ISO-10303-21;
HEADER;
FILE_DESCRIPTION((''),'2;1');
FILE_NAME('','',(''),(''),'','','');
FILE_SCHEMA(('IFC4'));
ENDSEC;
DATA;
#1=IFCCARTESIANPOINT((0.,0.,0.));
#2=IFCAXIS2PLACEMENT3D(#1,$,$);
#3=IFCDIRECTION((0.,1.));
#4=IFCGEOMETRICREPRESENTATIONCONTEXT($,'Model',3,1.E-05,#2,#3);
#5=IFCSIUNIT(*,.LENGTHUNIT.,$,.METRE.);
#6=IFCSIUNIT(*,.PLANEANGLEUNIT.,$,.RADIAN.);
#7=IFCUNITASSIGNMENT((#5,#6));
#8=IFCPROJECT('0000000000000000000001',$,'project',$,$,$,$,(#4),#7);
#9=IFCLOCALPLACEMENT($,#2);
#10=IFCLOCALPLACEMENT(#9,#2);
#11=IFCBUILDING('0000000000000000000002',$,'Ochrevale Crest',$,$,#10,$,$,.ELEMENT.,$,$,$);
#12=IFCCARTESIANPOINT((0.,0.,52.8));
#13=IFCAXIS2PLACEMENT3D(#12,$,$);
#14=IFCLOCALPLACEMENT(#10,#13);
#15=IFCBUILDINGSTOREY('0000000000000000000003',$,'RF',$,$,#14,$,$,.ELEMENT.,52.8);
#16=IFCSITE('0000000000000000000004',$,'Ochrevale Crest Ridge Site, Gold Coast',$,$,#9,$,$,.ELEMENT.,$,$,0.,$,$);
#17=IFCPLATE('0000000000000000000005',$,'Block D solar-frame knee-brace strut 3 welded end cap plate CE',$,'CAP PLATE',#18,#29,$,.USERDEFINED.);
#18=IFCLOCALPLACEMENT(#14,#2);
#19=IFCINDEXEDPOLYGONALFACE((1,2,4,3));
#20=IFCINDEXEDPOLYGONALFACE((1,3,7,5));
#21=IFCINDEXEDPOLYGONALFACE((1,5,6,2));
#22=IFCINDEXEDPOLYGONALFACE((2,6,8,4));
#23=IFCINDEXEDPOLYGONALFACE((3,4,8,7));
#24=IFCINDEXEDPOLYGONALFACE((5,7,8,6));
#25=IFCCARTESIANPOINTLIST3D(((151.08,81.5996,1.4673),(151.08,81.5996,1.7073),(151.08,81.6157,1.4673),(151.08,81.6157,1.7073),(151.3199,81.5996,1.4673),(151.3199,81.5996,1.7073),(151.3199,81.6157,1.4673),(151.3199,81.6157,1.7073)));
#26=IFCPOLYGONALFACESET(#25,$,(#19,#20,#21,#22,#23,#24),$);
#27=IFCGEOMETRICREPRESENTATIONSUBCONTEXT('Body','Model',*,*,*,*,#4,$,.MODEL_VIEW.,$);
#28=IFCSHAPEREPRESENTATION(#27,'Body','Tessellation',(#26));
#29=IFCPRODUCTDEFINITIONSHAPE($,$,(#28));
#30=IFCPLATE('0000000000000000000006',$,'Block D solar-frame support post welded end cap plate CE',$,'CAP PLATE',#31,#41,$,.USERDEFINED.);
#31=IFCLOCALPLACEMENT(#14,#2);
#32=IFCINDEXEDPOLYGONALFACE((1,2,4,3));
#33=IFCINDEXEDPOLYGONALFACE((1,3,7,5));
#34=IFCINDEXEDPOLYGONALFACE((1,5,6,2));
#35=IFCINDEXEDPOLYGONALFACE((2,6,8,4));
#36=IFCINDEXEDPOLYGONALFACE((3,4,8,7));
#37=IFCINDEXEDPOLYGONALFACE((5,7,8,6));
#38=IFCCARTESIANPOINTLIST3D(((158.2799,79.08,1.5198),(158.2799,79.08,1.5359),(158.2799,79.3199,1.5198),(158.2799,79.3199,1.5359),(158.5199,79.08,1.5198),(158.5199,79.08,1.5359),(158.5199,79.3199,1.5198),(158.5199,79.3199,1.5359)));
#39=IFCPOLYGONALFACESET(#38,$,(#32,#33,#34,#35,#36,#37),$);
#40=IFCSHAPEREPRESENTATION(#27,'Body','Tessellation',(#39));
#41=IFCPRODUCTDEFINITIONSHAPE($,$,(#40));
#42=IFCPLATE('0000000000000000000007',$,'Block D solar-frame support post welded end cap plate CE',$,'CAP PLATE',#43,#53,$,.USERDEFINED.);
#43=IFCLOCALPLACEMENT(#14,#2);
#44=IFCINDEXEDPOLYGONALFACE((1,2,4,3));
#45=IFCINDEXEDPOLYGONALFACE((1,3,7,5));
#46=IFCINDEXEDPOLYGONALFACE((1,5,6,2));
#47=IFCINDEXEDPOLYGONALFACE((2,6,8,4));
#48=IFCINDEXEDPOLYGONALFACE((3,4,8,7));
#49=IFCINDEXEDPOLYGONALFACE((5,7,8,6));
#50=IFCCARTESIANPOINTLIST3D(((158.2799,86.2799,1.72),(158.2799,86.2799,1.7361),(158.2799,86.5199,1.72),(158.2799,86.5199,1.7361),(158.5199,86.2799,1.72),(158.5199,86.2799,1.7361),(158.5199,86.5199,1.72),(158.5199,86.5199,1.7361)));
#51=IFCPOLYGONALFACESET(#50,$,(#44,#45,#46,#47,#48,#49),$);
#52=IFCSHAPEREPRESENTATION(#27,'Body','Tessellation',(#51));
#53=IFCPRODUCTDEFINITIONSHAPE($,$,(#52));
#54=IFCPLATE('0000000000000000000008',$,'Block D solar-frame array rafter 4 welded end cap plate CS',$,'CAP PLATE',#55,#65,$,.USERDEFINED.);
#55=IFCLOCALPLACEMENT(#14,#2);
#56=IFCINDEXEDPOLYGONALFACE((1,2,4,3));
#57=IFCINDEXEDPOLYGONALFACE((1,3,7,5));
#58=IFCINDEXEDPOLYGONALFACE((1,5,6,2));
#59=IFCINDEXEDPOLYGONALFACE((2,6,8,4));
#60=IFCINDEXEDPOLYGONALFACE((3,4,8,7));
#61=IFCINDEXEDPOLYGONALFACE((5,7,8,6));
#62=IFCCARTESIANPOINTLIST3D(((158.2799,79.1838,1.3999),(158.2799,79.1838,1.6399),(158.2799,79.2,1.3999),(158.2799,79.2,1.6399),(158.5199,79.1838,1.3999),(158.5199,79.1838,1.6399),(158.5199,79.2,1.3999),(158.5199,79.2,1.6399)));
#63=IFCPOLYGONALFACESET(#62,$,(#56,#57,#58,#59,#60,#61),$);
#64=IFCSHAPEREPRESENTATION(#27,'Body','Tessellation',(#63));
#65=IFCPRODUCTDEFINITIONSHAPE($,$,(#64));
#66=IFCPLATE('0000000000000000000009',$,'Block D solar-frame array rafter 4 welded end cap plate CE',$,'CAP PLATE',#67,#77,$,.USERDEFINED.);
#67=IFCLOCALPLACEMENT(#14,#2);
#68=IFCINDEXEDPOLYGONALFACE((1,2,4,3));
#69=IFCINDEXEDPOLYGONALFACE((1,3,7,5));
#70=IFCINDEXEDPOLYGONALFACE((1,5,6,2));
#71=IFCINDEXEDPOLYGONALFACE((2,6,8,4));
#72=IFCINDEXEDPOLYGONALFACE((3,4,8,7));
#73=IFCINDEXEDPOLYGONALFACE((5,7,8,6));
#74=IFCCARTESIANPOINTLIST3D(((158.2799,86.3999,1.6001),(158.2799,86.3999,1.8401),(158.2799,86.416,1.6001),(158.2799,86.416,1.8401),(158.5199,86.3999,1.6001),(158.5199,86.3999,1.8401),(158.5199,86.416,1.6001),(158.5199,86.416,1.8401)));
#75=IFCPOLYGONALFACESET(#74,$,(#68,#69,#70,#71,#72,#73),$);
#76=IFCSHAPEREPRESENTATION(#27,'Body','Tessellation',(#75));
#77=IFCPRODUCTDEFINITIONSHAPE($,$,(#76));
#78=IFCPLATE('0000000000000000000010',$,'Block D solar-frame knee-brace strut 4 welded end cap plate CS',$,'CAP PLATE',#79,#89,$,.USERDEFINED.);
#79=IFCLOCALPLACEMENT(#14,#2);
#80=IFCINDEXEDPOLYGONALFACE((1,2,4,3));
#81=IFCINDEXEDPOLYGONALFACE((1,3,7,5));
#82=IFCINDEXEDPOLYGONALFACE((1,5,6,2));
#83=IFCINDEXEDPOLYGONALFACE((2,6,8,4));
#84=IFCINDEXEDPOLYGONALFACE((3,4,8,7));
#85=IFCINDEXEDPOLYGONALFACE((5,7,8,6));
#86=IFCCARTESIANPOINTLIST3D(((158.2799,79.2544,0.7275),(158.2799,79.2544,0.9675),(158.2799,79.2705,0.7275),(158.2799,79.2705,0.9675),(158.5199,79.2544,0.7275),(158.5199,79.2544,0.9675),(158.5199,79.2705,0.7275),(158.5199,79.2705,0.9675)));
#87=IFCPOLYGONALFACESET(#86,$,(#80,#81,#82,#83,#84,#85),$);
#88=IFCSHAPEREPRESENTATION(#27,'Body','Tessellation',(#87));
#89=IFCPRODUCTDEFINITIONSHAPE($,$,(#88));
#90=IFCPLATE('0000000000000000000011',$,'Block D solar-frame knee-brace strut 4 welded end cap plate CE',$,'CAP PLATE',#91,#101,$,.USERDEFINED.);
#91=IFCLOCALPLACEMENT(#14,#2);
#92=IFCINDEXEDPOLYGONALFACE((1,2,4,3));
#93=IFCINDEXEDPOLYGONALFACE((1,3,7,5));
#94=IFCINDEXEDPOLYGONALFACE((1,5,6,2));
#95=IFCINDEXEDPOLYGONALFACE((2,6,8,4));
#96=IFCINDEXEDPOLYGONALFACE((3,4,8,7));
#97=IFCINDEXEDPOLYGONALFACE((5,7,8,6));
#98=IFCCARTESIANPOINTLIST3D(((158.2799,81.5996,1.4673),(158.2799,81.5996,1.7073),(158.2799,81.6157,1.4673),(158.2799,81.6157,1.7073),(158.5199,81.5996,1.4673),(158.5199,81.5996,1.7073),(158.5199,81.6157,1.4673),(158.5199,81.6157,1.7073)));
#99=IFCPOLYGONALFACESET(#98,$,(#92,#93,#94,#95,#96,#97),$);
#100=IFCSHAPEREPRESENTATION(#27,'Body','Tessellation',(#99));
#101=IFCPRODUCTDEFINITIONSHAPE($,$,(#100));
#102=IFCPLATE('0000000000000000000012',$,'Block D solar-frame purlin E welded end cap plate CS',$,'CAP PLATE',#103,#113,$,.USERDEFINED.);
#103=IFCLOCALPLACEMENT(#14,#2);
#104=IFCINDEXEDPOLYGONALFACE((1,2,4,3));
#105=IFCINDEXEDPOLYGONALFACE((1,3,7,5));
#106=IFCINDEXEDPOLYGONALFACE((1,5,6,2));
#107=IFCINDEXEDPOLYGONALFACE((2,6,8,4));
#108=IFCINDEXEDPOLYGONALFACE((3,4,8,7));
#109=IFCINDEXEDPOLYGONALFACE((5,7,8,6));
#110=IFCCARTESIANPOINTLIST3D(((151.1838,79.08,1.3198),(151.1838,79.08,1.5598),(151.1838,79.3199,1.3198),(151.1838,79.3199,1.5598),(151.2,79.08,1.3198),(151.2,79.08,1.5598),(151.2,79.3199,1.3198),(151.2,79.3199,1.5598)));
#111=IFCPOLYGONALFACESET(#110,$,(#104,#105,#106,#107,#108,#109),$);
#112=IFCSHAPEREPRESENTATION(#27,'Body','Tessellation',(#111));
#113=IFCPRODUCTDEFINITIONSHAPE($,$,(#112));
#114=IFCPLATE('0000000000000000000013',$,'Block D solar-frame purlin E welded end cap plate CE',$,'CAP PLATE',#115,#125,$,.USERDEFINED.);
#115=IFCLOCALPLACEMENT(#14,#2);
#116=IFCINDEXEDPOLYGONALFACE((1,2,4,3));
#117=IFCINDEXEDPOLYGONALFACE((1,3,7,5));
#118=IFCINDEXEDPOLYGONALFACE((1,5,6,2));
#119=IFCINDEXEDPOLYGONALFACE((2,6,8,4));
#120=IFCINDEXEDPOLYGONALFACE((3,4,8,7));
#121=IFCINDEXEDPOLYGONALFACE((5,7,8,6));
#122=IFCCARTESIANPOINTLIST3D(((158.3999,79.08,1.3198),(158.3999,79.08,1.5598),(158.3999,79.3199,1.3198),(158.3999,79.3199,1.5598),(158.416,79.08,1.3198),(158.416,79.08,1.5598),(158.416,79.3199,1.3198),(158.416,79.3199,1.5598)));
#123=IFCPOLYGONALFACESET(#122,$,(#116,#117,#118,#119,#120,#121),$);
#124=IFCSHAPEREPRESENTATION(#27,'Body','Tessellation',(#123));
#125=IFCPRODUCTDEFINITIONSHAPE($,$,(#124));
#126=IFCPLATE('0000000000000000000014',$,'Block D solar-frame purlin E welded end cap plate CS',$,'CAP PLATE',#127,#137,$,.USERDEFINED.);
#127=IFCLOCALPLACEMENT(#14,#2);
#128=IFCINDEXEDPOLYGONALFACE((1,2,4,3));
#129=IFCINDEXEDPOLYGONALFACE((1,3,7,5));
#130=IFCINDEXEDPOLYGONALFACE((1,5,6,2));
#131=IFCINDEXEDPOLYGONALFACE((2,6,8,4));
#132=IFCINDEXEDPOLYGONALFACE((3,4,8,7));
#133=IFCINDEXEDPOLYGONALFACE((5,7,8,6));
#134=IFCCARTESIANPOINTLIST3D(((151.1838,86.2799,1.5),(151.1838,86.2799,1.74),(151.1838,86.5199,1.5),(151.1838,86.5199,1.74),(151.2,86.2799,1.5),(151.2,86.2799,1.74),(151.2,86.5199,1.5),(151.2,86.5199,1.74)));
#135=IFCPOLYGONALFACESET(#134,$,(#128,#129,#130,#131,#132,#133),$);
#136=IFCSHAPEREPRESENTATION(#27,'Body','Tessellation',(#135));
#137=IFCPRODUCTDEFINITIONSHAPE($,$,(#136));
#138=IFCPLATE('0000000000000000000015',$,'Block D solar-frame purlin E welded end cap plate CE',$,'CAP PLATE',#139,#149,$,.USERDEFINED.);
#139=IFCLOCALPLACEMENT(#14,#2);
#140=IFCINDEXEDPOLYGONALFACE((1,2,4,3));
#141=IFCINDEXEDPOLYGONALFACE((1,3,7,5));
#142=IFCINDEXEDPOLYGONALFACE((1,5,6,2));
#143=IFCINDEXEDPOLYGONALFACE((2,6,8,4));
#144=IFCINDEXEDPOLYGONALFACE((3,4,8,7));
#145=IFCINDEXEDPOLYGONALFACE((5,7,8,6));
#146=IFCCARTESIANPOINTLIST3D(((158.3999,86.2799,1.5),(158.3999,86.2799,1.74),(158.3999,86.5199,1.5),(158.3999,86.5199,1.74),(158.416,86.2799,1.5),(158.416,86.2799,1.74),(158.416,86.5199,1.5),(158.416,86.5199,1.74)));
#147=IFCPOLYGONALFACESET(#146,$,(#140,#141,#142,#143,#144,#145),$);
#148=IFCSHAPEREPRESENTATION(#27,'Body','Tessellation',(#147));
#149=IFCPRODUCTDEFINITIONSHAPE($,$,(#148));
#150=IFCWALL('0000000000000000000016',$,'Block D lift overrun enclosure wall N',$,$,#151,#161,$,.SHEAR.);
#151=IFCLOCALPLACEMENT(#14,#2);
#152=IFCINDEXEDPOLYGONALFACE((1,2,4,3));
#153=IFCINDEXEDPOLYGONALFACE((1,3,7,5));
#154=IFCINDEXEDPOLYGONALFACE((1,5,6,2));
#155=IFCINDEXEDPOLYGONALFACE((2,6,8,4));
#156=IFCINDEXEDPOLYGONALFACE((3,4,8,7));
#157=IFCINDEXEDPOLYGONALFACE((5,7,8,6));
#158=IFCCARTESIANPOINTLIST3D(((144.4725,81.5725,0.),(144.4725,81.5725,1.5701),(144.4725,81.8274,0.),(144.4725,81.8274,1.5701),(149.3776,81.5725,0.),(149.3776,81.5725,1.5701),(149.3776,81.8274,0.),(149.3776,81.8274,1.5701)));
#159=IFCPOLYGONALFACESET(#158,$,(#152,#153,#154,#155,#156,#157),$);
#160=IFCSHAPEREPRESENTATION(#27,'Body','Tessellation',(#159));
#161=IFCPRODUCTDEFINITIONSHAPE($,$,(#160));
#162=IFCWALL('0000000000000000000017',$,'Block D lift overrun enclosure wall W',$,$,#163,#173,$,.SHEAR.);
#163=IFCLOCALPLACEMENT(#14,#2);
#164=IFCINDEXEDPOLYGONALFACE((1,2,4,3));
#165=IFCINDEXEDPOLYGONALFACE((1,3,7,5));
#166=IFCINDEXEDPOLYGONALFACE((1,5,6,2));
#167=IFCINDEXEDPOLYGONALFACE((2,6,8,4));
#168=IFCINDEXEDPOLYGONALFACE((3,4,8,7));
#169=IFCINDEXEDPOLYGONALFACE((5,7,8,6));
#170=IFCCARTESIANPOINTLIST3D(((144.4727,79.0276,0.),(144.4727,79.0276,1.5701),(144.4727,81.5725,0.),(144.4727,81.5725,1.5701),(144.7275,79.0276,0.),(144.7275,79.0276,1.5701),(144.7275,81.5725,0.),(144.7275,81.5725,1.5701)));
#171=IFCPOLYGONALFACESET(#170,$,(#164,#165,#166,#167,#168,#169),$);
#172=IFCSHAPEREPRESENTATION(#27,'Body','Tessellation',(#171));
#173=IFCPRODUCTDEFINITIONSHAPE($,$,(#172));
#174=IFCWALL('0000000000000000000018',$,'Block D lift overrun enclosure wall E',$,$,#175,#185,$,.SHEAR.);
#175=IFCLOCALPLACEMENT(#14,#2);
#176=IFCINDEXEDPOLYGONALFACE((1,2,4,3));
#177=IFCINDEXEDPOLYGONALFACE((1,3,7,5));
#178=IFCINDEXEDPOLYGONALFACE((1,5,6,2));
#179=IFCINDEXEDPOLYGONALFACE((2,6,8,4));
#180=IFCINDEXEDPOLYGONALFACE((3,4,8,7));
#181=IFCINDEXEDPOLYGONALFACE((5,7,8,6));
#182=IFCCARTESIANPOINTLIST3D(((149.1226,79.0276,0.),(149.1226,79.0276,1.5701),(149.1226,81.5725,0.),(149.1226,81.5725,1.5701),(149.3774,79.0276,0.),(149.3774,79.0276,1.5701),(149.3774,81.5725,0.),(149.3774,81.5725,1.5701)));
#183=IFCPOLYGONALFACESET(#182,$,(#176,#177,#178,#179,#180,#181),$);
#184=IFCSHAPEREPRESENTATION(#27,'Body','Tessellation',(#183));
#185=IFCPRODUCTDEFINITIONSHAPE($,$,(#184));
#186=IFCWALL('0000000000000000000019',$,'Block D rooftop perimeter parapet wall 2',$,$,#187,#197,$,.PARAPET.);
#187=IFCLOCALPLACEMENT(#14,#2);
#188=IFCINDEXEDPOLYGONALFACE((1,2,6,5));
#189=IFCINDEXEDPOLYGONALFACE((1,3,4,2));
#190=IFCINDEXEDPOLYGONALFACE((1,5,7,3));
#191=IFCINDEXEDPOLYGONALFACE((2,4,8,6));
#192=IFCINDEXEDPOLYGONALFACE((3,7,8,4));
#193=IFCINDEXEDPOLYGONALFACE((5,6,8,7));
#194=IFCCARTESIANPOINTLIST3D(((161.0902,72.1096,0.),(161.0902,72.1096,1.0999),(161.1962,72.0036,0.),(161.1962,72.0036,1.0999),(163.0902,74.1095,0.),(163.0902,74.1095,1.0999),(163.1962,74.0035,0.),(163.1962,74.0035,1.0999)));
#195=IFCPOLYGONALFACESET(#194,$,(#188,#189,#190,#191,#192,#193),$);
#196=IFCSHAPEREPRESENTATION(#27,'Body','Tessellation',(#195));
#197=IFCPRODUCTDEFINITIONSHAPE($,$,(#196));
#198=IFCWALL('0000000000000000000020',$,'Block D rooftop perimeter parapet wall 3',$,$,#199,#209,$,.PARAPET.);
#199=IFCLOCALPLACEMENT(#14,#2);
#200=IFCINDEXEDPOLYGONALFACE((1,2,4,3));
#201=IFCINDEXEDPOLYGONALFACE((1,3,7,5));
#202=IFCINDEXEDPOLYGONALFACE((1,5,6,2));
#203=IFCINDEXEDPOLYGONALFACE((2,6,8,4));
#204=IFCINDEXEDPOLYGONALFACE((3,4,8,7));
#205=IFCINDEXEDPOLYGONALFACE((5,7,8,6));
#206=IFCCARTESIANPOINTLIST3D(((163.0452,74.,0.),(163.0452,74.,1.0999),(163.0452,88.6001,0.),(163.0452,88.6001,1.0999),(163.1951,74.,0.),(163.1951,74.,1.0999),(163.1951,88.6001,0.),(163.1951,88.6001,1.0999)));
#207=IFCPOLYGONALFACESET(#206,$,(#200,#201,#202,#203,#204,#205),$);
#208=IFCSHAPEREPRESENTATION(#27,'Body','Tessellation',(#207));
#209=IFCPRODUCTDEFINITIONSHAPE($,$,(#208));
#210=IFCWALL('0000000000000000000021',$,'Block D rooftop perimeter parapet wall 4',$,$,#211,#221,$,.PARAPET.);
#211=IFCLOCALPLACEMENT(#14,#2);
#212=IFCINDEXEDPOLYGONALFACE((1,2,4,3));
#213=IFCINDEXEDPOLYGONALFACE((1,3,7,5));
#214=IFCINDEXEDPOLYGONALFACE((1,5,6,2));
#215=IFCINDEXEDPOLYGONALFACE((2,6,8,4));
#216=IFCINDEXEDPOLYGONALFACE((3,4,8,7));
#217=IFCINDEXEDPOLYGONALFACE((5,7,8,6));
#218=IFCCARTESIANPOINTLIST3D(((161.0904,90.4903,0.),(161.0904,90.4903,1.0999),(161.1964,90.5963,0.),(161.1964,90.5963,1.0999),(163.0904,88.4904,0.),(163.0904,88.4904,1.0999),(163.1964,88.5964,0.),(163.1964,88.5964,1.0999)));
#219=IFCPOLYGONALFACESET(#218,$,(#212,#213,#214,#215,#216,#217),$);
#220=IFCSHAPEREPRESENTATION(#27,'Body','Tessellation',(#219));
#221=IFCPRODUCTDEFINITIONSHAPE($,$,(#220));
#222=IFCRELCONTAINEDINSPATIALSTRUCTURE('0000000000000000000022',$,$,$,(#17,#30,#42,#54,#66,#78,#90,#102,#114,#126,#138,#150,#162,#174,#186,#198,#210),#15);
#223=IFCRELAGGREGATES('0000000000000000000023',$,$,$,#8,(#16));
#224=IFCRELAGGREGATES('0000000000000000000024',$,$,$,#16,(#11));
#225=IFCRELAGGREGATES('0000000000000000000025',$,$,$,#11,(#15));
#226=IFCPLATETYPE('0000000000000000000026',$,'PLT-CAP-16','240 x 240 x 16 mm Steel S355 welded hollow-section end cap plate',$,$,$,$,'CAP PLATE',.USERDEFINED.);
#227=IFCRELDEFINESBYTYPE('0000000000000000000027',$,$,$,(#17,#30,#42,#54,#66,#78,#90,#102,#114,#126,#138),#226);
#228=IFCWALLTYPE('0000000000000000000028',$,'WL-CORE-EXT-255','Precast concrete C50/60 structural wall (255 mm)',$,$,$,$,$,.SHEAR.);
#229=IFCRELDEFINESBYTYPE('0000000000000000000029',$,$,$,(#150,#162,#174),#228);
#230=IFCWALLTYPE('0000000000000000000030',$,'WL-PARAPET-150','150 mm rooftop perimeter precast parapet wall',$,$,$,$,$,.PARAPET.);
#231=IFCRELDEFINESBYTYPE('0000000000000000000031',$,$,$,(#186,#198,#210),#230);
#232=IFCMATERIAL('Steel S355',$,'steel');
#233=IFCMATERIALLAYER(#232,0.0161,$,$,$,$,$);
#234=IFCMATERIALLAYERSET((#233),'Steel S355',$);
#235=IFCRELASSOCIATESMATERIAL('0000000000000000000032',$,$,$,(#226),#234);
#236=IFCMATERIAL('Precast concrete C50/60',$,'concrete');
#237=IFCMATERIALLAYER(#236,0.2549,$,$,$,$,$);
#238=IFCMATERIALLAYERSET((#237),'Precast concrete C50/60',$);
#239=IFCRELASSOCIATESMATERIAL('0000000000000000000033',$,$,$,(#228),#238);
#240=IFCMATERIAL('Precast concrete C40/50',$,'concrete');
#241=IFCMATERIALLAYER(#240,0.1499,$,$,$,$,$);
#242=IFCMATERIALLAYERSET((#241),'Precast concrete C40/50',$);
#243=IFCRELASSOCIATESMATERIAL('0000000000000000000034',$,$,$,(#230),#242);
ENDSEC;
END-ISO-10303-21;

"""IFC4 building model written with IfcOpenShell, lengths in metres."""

from ifc_helpers import new_model, si_unit, direction, frame, frame_2d, origin, origin_2d, place, context, subcontext, project, spatial, rectangle, extrude, material, layer, layer_set, type_object, element, save


model = new_model("IFC4")

# Units and contexts
model_context = context("Model", 3, precision=1e-05, world=origin(), true_north=direction((0.0, 1.0)))
body_context = subcontext(model_context, "Body", "Model", "MODEL_VIEW")
ifc_project = project(units=[si_unit("LENGTHUNIT", "METRE"), si_unit("PLANEANGLEUNIT", "RADIAN")], contexts=[model_context])

# Site, building, storey
site_placement = place(None, origin())
site = spatial("IfcSite", under=ifc_project, at=site_placement, Name="Ochrevale Crest Ridge Site, Gold Coast", CompositionType="ELEMENT", RefElevation=0.0)
building_placement = place(site_placement, origin())
building = spatial("IfcBuilding", under=site, at=building_placement, Name="Ochrevale Crest", CompositionType="ELEMENT")
storey_placement = place(building_placement, frame((0.0, 0.0, 52.8)))
storey = spatial("IfcBuildingStorey", under=building, at=storey_placement, Name="RF", CompositionType="ELEMENT", Elevation=52.8)

# Shared definitions
ifc_material_1 = material(Name="Steel S355", Category="steel")

# Plates
ifc_layer_1 = layer(ifc_material_1, 0.0161)
ifc_layer_set_1 = layer_set([ifc_layer_1], Name="Steel S355")
plate_type = type_object("IfcPlateType", Name="PLT-CAP-16", Description="240 x 240 x 16 mm Steel S355 welded hollow-section end cap plate", ElementType="CAP PLATE", PredefinedType="USERDEFINED", material=ifc_layer_set_1)
for number, where, z_axis, x_axis, name in (
    (1, (151.2, 81.6077, 1.4673), (0.0, 0.0, 1.0), (0.0, 1.0, 0.0), "Block D solar-frame knee-brace strut 3 welded end cap plate CE"),
):
    element("IfcPlate", number, at=place(storey_placement, frame(where, z_axis=z_axis, x_axis=x_axis)), inside=storey, type_object=plate_type, Name=name, ObjectType="CAP PLATE", PredefinedType="USERDEFINED", context=body_context, shape_type="SweptSolid", body=[
        extrude(rectangle(XDim=0.0161, YDim=0.24, at=origin_2d()), origin(), (0.0, 0.0, 1.0), 0.24),
    ])
for number, where, z_axis, x_axis, name in (
    (2, (158.3999, 79.2, 1.5198), (0.0, 0.0, 1.0), (1.0, 0.0, 0.0), "Block D solar-frame support post welded end cap plate CE"),
    (3, (158.3999, 86.3999, 1.72), (0.0, 0.0, 1.0), (1.0, 0.0, 0.0), "Block D solar-frame support post welded end cap plate CE"),
):
    element("IfcPlate", number, at=place(storey_placement, frame(where, z_axis=z_axis, x_axis=x_axis)), inside=storey, type_object=plate_type, Name=name, ObjectType="CAP PLATE", PredefinedType="USERDEFINED", context=body_context, shape_type="SweptSolid", body=[
        extrude(rectangle(XDim=0.24, YDim=0.24, at=origin_2d()), origin(), (0.0, 0.0, 1.0), 0.0161),
    ])
for number, where, z_axis, x_axis, name in (
    (4, (158.3999, 79.1919, 1.3999), (0.0, 0.0, 1.0), (0.0, 1.0, 0.0), "Block D solar-frame array rafter 4 welded end cap plate CS"),
    (5, (158.3999, 86.408, 1.6001), (0.0, 0.0, 1.0), (0.0, 1.0, 0.0), "Block D solar-frame array rafter 4 welded end cap plate CE"),
    (6, (158.3999, 79.2625, 0.7275), (0.0, 0.0, 1.0), (0.0, 1.0, 0.0), "Block D solar-frame knee-brace strut 4 welded end cap plate CS"),
    (7, (158.3999, 81.6077, 1.4673), (0.0, 0.0, 1.0), (0.0, 1.0, 0.0), "Block D solar-frame knee-brace strut 4 welded end cap plate CE"),
    (8, (151.1919, 79.2, 1.3198), (0.0, 0.0, 1.0), (1.0, 0.0, 0.0), "Block D solar-frame purlin E welded end cap plate CS"),
    (9, (158.408, 79.2, 1.3198), (0.0, 0.0, 1.0), (1.0, 0.0, 0.0), "Block D solar-frame purlin E welded end cap plate CE"),
    (10, (151.1919, 86.3999, 1.5), (0.0, 0.0, 1.0), (1.0, 0.0, 0.0), "Block D solar-frame purlin E welded end cap plate CS"),
    (11, (158.408, 86.3999, 1.5), (0.0, 0.0, 1.0), (1.0, 0.0, 0.0), "Block D solar-frame purlin E welded end cap plate CE"),
):
    element("IfcPlate", number, at=place(storey_placement, frame(where, z_axis=z_axis, x_axis=x_axis)), inside=storey, type_object=plate_type, Name=name, ObjectType="CAP PLATE", PredefinedType="USERDEFINED", context=body_context, shape_type="SweptSolid", body=[
        extrude(rectangle(XDim=0.0161, YDim=0.24, at=origin_2d()), origin(), (0.0, 0.0, 1.0), 0.24),
    ])

# Walls
ifc_material_2 = material(Name="Precast concrete C50/60", Category="concrete")
ifc_layer_2 = layer(ifc_material_2, 0.2549)
ifc_layer_set_2 = layer_set([ifc_layer_2], Name="Precast concrete C50/60")
wall_type_1 = type_object("IfcWallType", Name="WL-CORE-EXT-255", Description="Precast concrete C50/60 structural wall (255 mm)", PredefinedType="SHEAR", material=ifc_layer_set_2)
wall_1_placement = place(storey_placement, frame((144.4724, 81.7, 0.0), z_axis=(0.0, 0.0, 1.0), x_axis=(1.0, 0.0, 0.0)))
element("IfcWall", 12, at=wall_1_placement, inside=storey, type_object=wall_type_1, Name="Block D lift overrun enclosure wall N", PredefinedType="SHEAR", context=body_context, shape_type="SweptSolid", body=[
    extrude(rectangle(XDim=4.905, YDim=0.2549, at=frame_2d((2.4526, 0.0))), origin(), (0.0, 0.0, 1.0), 1.5701),
])
for number, where, z_axis, x_axis, name in (
    (13, (144.6001, 79.0276, 0.0), (0.0, 0.0, 1.0), (0.0, 1.0, 0.0), "Block D lift overrun enclosure wall W"),
    (14, (149.25, 79.0276, 0.0), (0.0, 0.0, 1.0), (0.0, 1.0, 0.0), "Block D lift overrun enclosure wall E"),
):
    element("IfcWall", number, at=place(storey_placement, frame(where, z_axis=z_axis, x_axis=x_axis)), inside=storey, type_object=wall_type_1, Name=name, PredefinedType="SHEAR", context=body_context, shape_type="SweptSolid", body=[
        extrude(rectangle(XDim=2.5449, YDim=0.2549, at=frame_2d((1.2725, 0.0))), origin(), (0.0, 0.0, 1.0), 1.5701),
    ])
ifc_material_3 = material(Name="Precast concrete C40/50", Category="concrete")
ifc_layer_3 = layer(ifc_material_3, 0.1499)
ifc_layer_set_3 = layer_set([ifc_layer_3], Name="Precast concrete C40/50")
wall_type_2 = type_object("IfcWallType", Name="WL-PARAPET-150", Description="150 mm rooftop perimeter precast parapet wall", PredefinedType="PARAPET", material=ifc_layer_set_3)
wall_2_placement = place(storey_placement, frame((161.1433, 72.0566, 0.0), z_axis=(0.0, 0.0, 1.0), x_axis=(0.707107, 0.707107, 0.0)))
element("IfcWall", 15, at=wall_2_placement, inside=storey, type_object=wall_type_2, Name="Block D rooftop perimeter parapet wall 2", PredefinedType="PARAPET", context=body_context, shape_type="SweptSolid", body=[
    extrude(rectangle(XDim=2.8284, YDim=0.1499, at=frame_2d((1.4141, 0.0))), origin(), (0.0, 0.0, 1.0), 1.0999),
])
wall_3_placement = place(storey_placement, frame((163.1201, 74.0, 0.0), z_axis=(0.0, 0.0, 1.0), x_axis=(0.0, 1.0, 0.0)))
element("IfcWall", 16, at=wall_3_placement, inside=storey, type_object=wall_type_2, Name="Block D rooftop perimeter parapet wall 3", PredefinedType="PARAPET", context=body_context, shape_type="SweptSolid", body=[
    extrude(rectangle(XDim=14.6001, YDim=0.1499, at=frame_2d((7.3, 0.0))), origin(), (0.0, 0.0, 1.0), 1.0999),
])
wall_4_placement = place(storey_placement, frame((163.1433, 88.5435, 0.0), z_axis=(0.0, 0.0, 1.0), x_axis=(-0.707107, 0.707107, 0.0)))
element("IfcWall", 17, at=wall_4_placement, inside=storey, type_object=wall_type_2, Name="Block D rooftop perimeter parapet wall 4", PredefinedType="PARAPET", context=body_context, shape_type="SweptSolid", body=[
    extrude(rectangle(XDim=2.8284, YDim=0.1499, at=frame_2d((1.4141, 0.0))), origin(), (0.0, 0.0, 1.0), 1.0999),
])

save(model, "model.ifc")
